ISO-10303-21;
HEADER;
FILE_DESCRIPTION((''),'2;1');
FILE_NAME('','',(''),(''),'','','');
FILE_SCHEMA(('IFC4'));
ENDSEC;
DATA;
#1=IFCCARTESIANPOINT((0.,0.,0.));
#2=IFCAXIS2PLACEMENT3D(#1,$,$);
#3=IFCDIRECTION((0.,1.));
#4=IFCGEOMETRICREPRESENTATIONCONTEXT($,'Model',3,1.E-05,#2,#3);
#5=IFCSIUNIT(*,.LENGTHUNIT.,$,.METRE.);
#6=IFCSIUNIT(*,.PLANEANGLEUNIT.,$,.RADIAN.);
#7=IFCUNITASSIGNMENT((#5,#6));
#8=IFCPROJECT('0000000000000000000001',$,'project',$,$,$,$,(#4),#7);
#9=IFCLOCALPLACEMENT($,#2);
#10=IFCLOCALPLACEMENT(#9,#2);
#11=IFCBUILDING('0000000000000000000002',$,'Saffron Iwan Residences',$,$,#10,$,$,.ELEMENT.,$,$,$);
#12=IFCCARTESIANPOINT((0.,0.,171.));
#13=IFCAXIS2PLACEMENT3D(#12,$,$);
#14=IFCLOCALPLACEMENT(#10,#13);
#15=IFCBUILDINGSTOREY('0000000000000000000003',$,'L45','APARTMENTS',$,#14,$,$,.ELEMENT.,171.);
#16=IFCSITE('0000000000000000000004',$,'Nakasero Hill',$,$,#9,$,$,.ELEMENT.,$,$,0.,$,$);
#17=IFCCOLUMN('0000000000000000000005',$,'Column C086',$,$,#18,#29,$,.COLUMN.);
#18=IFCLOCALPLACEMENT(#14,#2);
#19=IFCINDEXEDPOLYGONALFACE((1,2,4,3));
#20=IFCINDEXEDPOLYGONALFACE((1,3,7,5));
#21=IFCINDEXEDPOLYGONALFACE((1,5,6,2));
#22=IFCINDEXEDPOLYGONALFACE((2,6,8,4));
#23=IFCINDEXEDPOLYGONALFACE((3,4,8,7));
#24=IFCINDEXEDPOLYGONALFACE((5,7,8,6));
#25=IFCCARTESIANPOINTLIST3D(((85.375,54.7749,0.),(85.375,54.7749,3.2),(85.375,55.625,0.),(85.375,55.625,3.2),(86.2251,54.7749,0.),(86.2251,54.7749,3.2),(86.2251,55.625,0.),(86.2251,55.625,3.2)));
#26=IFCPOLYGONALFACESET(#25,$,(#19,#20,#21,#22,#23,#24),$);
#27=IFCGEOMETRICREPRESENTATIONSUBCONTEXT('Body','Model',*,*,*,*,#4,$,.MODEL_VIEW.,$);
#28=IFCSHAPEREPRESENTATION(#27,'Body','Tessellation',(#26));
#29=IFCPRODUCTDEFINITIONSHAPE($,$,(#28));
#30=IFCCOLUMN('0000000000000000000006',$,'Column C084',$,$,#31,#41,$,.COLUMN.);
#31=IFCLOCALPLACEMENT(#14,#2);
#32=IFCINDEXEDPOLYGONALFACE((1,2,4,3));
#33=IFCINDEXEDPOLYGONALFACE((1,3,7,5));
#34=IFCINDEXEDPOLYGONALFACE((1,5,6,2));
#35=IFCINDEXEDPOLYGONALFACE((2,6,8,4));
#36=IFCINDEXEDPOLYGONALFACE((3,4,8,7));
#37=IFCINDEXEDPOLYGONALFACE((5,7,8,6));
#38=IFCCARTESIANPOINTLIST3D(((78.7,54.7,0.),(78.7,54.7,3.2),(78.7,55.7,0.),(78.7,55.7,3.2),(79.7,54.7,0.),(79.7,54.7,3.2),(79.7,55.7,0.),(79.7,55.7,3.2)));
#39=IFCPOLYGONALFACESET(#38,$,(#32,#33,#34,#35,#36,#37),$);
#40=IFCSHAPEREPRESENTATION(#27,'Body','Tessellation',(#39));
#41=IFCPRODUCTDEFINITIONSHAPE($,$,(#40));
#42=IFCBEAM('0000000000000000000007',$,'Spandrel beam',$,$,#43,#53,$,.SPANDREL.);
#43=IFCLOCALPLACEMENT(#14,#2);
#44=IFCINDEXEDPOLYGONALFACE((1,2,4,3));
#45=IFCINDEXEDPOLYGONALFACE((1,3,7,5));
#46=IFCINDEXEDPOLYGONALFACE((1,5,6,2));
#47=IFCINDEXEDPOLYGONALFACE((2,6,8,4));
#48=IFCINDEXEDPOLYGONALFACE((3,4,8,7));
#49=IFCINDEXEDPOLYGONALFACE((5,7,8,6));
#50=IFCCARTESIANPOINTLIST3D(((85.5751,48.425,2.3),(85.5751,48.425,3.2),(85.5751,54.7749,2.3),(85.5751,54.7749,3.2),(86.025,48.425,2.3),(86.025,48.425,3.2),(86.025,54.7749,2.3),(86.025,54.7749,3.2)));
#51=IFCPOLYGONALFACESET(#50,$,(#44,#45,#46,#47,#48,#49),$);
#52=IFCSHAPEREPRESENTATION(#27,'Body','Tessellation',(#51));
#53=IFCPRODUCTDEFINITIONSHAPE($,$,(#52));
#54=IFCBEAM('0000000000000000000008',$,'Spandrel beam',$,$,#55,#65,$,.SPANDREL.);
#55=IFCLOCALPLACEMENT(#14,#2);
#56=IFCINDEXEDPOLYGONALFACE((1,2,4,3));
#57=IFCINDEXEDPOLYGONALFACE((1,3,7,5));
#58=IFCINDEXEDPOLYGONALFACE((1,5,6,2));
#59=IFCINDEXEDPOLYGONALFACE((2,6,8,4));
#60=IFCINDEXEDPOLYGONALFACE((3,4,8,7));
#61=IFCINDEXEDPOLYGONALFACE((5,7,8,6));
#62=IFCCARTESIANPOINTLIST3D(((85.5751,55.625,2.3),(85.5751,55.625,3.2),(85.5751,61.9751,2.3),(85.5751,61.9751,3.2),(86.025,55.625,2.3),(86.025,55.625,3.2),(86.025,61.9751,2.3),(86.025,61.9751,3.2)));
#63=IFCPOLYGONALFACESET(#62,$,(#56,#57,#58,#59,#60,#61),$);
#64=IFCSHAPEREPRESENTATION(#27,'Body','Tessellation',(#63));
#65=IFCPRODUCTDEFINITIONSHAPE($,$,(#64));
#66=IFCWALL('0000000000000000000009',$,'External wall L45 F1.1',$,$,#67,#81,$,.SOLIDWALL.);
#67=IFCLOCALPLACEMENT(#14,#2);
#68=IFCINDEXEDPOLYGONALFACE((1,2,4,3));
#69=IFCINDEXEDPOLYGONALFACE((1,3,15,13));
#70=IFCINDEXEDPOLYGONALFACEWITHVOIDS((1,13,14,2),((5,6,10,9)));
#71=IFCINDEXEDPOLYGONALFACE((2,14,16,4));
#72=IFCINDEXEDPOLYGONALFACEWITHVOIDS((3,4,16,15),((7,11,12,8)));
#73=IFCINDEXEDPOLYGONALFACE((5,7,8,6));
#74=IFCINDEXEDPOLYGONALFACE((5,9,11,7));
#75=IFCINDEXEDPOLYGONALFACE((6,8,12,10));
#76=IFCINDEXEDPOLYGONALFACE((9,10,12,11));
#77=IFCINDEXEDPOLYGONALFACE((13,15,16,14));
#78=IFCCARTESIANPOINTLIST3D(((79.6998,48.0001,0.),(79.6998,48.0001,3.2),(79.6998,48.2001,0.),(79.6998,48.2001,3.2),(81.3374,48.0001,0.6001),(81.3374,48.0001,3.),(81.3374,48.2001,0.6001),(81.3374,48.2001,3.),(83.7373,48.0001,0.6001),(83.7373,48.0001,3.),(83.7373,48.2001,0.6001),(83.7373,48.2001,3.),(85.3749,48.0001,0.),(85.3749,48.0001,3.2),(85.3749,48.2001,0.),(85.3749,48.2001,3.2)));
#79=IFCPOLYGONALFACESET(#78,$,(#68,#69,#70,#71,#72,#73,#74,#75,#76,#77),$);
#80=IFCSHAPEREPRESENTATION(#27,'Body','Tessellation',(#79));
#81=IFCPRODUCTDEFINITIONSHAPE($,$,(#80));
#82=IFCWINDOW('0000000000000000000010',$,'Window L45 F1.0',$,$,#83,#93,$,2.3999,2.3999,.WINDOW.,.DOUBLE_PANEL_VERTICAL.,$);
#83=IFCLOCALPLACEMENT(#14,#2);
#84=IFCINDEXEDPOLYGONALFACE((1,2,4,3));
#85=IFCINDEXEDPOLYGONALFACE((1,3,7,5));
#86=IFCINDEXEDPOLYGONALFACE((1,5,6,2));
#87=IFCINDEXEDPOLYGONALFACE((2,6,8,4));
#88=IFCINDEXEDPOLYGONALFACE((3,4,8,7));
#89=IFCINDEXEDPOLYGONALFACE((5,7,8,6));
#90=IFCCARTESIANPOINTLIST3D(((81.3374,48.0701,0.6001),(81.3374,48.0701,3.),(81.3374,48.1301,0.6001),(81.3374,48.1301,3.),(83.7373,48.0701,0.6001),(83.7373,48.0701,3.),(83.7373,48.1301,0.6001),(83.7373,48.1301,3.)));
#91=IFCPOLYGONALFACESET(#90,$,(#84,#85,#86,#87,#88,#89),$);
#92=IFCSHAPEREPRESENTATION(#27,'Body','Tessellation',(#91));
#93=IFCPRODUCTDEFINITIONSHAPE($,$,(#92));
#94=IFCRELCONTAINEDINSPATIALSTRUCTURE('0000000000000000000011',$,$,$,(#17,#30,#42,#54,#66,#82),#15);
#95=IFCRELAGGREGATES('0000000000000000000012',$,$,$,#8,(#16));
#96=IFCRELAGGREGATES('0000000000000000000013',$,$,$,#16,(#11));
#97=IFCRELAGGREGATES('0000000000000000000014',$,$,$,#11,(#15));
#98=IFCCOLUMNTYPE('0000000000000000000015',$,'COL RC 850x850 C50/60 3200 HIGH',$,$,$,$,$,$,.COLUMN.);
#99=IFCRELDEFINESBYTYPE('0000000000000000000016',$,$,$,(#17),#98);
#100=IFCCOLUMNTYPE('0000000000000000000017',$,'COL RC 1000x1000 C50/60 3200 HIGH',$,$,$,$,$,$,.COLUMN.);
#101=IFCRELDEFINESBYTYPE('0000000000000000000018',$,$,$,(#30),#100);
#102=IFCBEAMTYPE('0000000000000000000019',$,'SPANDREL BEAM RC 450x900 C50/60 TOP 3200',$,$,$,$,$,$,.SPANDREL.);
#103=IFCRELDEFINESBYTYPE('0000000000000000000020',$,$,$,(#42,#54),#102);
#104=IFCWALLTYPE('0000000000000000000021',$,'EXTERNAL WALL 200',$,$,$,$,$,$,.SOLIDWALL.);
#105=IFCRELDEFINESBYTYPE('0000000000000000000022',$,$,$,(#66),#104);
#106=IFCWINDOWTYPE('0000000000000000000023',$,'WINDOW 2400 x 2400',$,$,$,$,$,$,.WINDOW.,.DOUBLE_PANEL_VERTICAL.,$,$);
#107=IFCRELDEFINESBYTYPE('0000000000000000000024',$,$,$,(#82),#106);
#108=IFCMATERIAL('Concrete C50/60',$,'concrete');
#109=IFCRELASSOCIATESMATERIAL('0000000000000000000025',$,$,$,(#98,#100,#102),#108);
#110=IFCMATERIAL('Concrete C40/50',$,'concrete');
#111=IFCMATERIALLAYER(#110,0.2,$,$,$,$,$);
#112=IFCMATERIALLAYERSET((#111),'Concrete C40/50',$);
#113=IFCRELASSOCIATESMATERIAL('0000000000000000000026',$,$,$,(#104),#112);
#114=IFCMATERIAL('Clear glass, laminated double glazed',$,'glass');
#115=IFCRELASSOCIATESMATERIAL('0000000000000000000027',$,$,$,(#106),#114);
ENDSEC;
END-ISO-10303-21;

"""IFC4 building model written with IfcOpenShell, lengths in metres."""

from ifc_helpers import new_model, si_unit, direction, frame, frame_2d, origin, origin_2d, place, context, subcontext, project, spatial, rectangle, extrude, source, transform, mapped, material, layer, layer_set, material_profile, profile_set, type_object, element, fill, save


model = new_model("IFC4")

# Units and contexts
model_context = context("Model", 3, precision=1e-05, world=origin(), true_north=direction((0.0, 1.0)))
body_context = subcontext(model_context, "Body", "Model", "MODEL_VIEW")
ifc_project = project(units=[si_unit("LENGTHUNIT", "METRE"), si_unit("PLANEANGLEUNIT", "RADIAN")], contexts=[model_context])

# Site, building, storey
site_placement = place(None, origin())
site = spatial("IfcSite", under=ifc_project, at=site_placement, Name="Nakasero Hill", CompositionType="ELEMENT", RefElevation=0.0)
building_placement = place(site_placement, origin())
building = spatial("IfcBuilding", under=site, at=building_placement, Name="Saffron Iwan Residences", CompositionType="ELEMENT")
storey_placement = place(building_placement, frame((0.0, 0.0, 171.0)))
storey = spatial("IfcBuildingStorey", under=building, at=storey_placement, Name="L45", Description="APARTMENTS", CompositionType="ELEMENT", Elevation=171.0)

# Columns
ifc_material_1 = material(Name="Concrete C50/60", Category="concrete")
ifc_material_profile_1 = material_profile(ifc_material_1, rectangle(XDim=0.8501, YDim=0.8501, at=origin_2d()), Name="RC 850x850")
ifc_profile_set_1 = profile_set([ifc_material_profile_1], Name="Concrete C50/60")
column_type_1 = type_object("IfcColumnType", Name="COL RC 850x850 C50/60 3200 HIGH", PredefinedType="COLUMN", material=ifc_profile_set_1)
shared_shape_1 = source(origin(), body_context, "Body", "SweptSolid", [
    extrude(rectangle(XDim=0.8501, YDim=0.8501, at=origin_2d()), origin(), (0.0, 0.0, 1.0), 3.2),
])
column_1_placement = place(storey_placement, frame((85.8, 55.2, 0.0), z_axis=(0.0, 0.0, 1.0), x_axis=(1.0, 0.0, 0.0)))
element("IfcColumn", 1, at=column_1_placement, inside=storey, type_object=column_type_1, Name="Column C086", PredefinedType="COLUMN", context=body_context, shape_type="MappedRepresentation", body=[
    mapped(shared_shape_1, transform((0.0, 0.0, 0.0))),
])
ifc_material_profile_2 = material_profile(ifc_material_1, rectangle(XDim=1.0, YDim=1.0, at=origin_2d()), Name="RC 1000x1000")
ifc_profile_set_2 = profile_set([ifc_material_profile_2], Name="Concrete C50/60")
column_type_2 = type_object("IfcColumnType", Name="COL RC 1000x1000 C50/60 3200 HIGH", PredefinedType="COLUMN", material=ifc_profile_set_2)
shared_shape_2 = source(origin(), body_context, "Body", "SweptSolid", [
    extrude(rectangle(XDim=1.0, YDim=1.0, at=origin_2d()), origin(), (0.0, 0.0, 1.0), 3.2),
])
column_2_placement = place(storey_placement, frame((79.2, 55.2, 0.0), z_axis=(0.0, 0.0, 1.0), x_axis=(1.0, 0.0, 0.0)))
element("IfcColumn", 2, at=column_2_placement, inside=storey, type_object=column_type_2, Name="Column C084", PredefinedType="COLUMN", context=body_context, shape_type="MappedRepresentation", body=[
    mapped(shared_shape_2, transform((0.0, 0.0, 0.0))),
])

# Beams
ifc_material_profile_3 = material_profile(ifc_material_1, rectangle(XDim=0.45, YDim=0.8999, at=origin_2d()), Name="RC 450x900")
ifc_profile_set_3 = profile_set([ifc_material_profile_3], Name="Concrete C50/60")
beam_type = type_object("IfcBeamType", Name="SPANDREL BEAM RC 450x900 C50/60 TOP 3200", PredefinedType="SPANDREL", material=ifc_profile_set_3)
shared_shape_3 = source(origin(), body_context, "Body", "SweptSolid", [
    extrude(rectangle(XDim=0.45, YDim=0.8999, at=origin_2d()), origin(), (0.0, 0.0, 1.0), 6.3499),
])
beam_1_placement = place(storey_placement, frame((85.8, 54.7749, 2.75), z_axis=(0.0, -1.0, 0.0), x_axis=(1.0, 0.0, 0.0)))
element("IfcBeam", 3, at=beam_1_placement, inside=storey, type_object=beam_type, Name="Spandrel beam", PredefinedType="SPANDREL", context=body_context, shape_type="MappedRepresentation", body=[
    mapped(shared_shape_3, transform((0.0, 0.0, 0.0))),
])
shared_shape_4 = source(origin(), body_context, "Body", "SweptSolid", [
    extrude(rectangle(XDim=0.45, YDim=0.8999, at=origin_2d()), origin(), (0.0, 0.0, 1.0), 6.3501),
])
beam_2_placement = place(storey_placement, frame((85.8, 61.9751, 2.75), z_axis=(0.0, -1.0, 0.0), x_axis=(1.0, 0.0, 0.0)))
element("IfcBeam", 4, at=beam_2_placement, inside=storey, type_object=beam_type, Name="Spandrel beam", PredefinedType="SPANDREL", context=body_context, shape_type="MappedRepresentation", body=[
    mapped(shared_shape_4, transform((0.0, 0.0, 0.0))),
])

# Wall, opening, window
ifc_material_2 = material(Name="Concrete C40/50", Category="concrete")
ifc_layer_1 = layer(ifc_material_2, 0.2)
ifc_layer_set_1 = layer_set([ifc_layer_1], Name="Concrete C40/50")
wall_type_1 = type_object("IfcWallType", Name="EXTERNAL WALL 200", PredefinedType="SOLIDWALL", material=ifc_layer_set_1)
wall_1_placement = place(storey_placement, frame((79.7, 48.1001, 0.0), z_axis=(0.0, 0.0, 1.0), x_axis=(1.0, 0.0, 0.0)))
wall_1 = element("IfcWall", 5, at=wall_1_placement, inside=storey, type_object=wall_type_1, Name="External wall L45 F1.1", PredefinedType="SOLIDWALL", context=body_context, shape_type="SweptSolid", body=[
    extrude(rectangle(XDim=5.675, YDim=0.2, at=frame_2d((2.8374, 0.0))), origin(), (0.0, 0.0, 1.0), 3.2),
])
opening_1_placement = place(wall_1_placement, frame((1.6375, 0.0, 0.6001)))
opening_1 = element("IfcOpeningElement", 6, at=opening_1_placement, cuts=wall_1, PredefinedType="OPENING", context=body_context, shape_type="SweptSolid", body=[
    extrude(rectangle(XDim=2.3999, YDim=2.3999, at=frame_2d((1.2, 1.2))), frame((0.0, 0.1099, 0.0), z_axis=(0.0, -1.0, 0.0), x_axis=(1.0, 0.0, 0.0)), (0.0, 0.0, 1.0), 0.22),
])
ifc_material_3 = material(Name="Clear glass, laminated double glazed", Category="glass")
window_type_1 = type_object("IfcWindowType", Name="WINDOW 2400 x 2400", PartitioningType="DOUBLE_PANEL_VERTICAL", PredefinedType="WINDOW", material=ifc_material_3)
window_1_placement = place(opening_1_placement, origin())
window_1 = element("IfcWindow", 7, at=window_1_placement, inside=storey, type_object=window_type_1, Name="Window L45 F1.0", OverallHeight=2.3999, OverallWidth=2.3999, PartitioningType="DOUBLE_PANEL_VERTICAL", PredefinedType="WINDOW", context=body_context, shape_type="SweptSolid", body=[
    extrude(rectangle(XDim=2.3999, YDim=2.3999, at=frame_2d((1.2, 1.2))), frame((0.0, 0.03, 0.0), z_axis=(0.0, -1.0, 0.0), x_axis=(1.0, 0.0, 0.0)), (0.0, 0.0, 1.0), 0.0601),
])
fill(opening_1, window_1)

save(model, "model.ifc")
